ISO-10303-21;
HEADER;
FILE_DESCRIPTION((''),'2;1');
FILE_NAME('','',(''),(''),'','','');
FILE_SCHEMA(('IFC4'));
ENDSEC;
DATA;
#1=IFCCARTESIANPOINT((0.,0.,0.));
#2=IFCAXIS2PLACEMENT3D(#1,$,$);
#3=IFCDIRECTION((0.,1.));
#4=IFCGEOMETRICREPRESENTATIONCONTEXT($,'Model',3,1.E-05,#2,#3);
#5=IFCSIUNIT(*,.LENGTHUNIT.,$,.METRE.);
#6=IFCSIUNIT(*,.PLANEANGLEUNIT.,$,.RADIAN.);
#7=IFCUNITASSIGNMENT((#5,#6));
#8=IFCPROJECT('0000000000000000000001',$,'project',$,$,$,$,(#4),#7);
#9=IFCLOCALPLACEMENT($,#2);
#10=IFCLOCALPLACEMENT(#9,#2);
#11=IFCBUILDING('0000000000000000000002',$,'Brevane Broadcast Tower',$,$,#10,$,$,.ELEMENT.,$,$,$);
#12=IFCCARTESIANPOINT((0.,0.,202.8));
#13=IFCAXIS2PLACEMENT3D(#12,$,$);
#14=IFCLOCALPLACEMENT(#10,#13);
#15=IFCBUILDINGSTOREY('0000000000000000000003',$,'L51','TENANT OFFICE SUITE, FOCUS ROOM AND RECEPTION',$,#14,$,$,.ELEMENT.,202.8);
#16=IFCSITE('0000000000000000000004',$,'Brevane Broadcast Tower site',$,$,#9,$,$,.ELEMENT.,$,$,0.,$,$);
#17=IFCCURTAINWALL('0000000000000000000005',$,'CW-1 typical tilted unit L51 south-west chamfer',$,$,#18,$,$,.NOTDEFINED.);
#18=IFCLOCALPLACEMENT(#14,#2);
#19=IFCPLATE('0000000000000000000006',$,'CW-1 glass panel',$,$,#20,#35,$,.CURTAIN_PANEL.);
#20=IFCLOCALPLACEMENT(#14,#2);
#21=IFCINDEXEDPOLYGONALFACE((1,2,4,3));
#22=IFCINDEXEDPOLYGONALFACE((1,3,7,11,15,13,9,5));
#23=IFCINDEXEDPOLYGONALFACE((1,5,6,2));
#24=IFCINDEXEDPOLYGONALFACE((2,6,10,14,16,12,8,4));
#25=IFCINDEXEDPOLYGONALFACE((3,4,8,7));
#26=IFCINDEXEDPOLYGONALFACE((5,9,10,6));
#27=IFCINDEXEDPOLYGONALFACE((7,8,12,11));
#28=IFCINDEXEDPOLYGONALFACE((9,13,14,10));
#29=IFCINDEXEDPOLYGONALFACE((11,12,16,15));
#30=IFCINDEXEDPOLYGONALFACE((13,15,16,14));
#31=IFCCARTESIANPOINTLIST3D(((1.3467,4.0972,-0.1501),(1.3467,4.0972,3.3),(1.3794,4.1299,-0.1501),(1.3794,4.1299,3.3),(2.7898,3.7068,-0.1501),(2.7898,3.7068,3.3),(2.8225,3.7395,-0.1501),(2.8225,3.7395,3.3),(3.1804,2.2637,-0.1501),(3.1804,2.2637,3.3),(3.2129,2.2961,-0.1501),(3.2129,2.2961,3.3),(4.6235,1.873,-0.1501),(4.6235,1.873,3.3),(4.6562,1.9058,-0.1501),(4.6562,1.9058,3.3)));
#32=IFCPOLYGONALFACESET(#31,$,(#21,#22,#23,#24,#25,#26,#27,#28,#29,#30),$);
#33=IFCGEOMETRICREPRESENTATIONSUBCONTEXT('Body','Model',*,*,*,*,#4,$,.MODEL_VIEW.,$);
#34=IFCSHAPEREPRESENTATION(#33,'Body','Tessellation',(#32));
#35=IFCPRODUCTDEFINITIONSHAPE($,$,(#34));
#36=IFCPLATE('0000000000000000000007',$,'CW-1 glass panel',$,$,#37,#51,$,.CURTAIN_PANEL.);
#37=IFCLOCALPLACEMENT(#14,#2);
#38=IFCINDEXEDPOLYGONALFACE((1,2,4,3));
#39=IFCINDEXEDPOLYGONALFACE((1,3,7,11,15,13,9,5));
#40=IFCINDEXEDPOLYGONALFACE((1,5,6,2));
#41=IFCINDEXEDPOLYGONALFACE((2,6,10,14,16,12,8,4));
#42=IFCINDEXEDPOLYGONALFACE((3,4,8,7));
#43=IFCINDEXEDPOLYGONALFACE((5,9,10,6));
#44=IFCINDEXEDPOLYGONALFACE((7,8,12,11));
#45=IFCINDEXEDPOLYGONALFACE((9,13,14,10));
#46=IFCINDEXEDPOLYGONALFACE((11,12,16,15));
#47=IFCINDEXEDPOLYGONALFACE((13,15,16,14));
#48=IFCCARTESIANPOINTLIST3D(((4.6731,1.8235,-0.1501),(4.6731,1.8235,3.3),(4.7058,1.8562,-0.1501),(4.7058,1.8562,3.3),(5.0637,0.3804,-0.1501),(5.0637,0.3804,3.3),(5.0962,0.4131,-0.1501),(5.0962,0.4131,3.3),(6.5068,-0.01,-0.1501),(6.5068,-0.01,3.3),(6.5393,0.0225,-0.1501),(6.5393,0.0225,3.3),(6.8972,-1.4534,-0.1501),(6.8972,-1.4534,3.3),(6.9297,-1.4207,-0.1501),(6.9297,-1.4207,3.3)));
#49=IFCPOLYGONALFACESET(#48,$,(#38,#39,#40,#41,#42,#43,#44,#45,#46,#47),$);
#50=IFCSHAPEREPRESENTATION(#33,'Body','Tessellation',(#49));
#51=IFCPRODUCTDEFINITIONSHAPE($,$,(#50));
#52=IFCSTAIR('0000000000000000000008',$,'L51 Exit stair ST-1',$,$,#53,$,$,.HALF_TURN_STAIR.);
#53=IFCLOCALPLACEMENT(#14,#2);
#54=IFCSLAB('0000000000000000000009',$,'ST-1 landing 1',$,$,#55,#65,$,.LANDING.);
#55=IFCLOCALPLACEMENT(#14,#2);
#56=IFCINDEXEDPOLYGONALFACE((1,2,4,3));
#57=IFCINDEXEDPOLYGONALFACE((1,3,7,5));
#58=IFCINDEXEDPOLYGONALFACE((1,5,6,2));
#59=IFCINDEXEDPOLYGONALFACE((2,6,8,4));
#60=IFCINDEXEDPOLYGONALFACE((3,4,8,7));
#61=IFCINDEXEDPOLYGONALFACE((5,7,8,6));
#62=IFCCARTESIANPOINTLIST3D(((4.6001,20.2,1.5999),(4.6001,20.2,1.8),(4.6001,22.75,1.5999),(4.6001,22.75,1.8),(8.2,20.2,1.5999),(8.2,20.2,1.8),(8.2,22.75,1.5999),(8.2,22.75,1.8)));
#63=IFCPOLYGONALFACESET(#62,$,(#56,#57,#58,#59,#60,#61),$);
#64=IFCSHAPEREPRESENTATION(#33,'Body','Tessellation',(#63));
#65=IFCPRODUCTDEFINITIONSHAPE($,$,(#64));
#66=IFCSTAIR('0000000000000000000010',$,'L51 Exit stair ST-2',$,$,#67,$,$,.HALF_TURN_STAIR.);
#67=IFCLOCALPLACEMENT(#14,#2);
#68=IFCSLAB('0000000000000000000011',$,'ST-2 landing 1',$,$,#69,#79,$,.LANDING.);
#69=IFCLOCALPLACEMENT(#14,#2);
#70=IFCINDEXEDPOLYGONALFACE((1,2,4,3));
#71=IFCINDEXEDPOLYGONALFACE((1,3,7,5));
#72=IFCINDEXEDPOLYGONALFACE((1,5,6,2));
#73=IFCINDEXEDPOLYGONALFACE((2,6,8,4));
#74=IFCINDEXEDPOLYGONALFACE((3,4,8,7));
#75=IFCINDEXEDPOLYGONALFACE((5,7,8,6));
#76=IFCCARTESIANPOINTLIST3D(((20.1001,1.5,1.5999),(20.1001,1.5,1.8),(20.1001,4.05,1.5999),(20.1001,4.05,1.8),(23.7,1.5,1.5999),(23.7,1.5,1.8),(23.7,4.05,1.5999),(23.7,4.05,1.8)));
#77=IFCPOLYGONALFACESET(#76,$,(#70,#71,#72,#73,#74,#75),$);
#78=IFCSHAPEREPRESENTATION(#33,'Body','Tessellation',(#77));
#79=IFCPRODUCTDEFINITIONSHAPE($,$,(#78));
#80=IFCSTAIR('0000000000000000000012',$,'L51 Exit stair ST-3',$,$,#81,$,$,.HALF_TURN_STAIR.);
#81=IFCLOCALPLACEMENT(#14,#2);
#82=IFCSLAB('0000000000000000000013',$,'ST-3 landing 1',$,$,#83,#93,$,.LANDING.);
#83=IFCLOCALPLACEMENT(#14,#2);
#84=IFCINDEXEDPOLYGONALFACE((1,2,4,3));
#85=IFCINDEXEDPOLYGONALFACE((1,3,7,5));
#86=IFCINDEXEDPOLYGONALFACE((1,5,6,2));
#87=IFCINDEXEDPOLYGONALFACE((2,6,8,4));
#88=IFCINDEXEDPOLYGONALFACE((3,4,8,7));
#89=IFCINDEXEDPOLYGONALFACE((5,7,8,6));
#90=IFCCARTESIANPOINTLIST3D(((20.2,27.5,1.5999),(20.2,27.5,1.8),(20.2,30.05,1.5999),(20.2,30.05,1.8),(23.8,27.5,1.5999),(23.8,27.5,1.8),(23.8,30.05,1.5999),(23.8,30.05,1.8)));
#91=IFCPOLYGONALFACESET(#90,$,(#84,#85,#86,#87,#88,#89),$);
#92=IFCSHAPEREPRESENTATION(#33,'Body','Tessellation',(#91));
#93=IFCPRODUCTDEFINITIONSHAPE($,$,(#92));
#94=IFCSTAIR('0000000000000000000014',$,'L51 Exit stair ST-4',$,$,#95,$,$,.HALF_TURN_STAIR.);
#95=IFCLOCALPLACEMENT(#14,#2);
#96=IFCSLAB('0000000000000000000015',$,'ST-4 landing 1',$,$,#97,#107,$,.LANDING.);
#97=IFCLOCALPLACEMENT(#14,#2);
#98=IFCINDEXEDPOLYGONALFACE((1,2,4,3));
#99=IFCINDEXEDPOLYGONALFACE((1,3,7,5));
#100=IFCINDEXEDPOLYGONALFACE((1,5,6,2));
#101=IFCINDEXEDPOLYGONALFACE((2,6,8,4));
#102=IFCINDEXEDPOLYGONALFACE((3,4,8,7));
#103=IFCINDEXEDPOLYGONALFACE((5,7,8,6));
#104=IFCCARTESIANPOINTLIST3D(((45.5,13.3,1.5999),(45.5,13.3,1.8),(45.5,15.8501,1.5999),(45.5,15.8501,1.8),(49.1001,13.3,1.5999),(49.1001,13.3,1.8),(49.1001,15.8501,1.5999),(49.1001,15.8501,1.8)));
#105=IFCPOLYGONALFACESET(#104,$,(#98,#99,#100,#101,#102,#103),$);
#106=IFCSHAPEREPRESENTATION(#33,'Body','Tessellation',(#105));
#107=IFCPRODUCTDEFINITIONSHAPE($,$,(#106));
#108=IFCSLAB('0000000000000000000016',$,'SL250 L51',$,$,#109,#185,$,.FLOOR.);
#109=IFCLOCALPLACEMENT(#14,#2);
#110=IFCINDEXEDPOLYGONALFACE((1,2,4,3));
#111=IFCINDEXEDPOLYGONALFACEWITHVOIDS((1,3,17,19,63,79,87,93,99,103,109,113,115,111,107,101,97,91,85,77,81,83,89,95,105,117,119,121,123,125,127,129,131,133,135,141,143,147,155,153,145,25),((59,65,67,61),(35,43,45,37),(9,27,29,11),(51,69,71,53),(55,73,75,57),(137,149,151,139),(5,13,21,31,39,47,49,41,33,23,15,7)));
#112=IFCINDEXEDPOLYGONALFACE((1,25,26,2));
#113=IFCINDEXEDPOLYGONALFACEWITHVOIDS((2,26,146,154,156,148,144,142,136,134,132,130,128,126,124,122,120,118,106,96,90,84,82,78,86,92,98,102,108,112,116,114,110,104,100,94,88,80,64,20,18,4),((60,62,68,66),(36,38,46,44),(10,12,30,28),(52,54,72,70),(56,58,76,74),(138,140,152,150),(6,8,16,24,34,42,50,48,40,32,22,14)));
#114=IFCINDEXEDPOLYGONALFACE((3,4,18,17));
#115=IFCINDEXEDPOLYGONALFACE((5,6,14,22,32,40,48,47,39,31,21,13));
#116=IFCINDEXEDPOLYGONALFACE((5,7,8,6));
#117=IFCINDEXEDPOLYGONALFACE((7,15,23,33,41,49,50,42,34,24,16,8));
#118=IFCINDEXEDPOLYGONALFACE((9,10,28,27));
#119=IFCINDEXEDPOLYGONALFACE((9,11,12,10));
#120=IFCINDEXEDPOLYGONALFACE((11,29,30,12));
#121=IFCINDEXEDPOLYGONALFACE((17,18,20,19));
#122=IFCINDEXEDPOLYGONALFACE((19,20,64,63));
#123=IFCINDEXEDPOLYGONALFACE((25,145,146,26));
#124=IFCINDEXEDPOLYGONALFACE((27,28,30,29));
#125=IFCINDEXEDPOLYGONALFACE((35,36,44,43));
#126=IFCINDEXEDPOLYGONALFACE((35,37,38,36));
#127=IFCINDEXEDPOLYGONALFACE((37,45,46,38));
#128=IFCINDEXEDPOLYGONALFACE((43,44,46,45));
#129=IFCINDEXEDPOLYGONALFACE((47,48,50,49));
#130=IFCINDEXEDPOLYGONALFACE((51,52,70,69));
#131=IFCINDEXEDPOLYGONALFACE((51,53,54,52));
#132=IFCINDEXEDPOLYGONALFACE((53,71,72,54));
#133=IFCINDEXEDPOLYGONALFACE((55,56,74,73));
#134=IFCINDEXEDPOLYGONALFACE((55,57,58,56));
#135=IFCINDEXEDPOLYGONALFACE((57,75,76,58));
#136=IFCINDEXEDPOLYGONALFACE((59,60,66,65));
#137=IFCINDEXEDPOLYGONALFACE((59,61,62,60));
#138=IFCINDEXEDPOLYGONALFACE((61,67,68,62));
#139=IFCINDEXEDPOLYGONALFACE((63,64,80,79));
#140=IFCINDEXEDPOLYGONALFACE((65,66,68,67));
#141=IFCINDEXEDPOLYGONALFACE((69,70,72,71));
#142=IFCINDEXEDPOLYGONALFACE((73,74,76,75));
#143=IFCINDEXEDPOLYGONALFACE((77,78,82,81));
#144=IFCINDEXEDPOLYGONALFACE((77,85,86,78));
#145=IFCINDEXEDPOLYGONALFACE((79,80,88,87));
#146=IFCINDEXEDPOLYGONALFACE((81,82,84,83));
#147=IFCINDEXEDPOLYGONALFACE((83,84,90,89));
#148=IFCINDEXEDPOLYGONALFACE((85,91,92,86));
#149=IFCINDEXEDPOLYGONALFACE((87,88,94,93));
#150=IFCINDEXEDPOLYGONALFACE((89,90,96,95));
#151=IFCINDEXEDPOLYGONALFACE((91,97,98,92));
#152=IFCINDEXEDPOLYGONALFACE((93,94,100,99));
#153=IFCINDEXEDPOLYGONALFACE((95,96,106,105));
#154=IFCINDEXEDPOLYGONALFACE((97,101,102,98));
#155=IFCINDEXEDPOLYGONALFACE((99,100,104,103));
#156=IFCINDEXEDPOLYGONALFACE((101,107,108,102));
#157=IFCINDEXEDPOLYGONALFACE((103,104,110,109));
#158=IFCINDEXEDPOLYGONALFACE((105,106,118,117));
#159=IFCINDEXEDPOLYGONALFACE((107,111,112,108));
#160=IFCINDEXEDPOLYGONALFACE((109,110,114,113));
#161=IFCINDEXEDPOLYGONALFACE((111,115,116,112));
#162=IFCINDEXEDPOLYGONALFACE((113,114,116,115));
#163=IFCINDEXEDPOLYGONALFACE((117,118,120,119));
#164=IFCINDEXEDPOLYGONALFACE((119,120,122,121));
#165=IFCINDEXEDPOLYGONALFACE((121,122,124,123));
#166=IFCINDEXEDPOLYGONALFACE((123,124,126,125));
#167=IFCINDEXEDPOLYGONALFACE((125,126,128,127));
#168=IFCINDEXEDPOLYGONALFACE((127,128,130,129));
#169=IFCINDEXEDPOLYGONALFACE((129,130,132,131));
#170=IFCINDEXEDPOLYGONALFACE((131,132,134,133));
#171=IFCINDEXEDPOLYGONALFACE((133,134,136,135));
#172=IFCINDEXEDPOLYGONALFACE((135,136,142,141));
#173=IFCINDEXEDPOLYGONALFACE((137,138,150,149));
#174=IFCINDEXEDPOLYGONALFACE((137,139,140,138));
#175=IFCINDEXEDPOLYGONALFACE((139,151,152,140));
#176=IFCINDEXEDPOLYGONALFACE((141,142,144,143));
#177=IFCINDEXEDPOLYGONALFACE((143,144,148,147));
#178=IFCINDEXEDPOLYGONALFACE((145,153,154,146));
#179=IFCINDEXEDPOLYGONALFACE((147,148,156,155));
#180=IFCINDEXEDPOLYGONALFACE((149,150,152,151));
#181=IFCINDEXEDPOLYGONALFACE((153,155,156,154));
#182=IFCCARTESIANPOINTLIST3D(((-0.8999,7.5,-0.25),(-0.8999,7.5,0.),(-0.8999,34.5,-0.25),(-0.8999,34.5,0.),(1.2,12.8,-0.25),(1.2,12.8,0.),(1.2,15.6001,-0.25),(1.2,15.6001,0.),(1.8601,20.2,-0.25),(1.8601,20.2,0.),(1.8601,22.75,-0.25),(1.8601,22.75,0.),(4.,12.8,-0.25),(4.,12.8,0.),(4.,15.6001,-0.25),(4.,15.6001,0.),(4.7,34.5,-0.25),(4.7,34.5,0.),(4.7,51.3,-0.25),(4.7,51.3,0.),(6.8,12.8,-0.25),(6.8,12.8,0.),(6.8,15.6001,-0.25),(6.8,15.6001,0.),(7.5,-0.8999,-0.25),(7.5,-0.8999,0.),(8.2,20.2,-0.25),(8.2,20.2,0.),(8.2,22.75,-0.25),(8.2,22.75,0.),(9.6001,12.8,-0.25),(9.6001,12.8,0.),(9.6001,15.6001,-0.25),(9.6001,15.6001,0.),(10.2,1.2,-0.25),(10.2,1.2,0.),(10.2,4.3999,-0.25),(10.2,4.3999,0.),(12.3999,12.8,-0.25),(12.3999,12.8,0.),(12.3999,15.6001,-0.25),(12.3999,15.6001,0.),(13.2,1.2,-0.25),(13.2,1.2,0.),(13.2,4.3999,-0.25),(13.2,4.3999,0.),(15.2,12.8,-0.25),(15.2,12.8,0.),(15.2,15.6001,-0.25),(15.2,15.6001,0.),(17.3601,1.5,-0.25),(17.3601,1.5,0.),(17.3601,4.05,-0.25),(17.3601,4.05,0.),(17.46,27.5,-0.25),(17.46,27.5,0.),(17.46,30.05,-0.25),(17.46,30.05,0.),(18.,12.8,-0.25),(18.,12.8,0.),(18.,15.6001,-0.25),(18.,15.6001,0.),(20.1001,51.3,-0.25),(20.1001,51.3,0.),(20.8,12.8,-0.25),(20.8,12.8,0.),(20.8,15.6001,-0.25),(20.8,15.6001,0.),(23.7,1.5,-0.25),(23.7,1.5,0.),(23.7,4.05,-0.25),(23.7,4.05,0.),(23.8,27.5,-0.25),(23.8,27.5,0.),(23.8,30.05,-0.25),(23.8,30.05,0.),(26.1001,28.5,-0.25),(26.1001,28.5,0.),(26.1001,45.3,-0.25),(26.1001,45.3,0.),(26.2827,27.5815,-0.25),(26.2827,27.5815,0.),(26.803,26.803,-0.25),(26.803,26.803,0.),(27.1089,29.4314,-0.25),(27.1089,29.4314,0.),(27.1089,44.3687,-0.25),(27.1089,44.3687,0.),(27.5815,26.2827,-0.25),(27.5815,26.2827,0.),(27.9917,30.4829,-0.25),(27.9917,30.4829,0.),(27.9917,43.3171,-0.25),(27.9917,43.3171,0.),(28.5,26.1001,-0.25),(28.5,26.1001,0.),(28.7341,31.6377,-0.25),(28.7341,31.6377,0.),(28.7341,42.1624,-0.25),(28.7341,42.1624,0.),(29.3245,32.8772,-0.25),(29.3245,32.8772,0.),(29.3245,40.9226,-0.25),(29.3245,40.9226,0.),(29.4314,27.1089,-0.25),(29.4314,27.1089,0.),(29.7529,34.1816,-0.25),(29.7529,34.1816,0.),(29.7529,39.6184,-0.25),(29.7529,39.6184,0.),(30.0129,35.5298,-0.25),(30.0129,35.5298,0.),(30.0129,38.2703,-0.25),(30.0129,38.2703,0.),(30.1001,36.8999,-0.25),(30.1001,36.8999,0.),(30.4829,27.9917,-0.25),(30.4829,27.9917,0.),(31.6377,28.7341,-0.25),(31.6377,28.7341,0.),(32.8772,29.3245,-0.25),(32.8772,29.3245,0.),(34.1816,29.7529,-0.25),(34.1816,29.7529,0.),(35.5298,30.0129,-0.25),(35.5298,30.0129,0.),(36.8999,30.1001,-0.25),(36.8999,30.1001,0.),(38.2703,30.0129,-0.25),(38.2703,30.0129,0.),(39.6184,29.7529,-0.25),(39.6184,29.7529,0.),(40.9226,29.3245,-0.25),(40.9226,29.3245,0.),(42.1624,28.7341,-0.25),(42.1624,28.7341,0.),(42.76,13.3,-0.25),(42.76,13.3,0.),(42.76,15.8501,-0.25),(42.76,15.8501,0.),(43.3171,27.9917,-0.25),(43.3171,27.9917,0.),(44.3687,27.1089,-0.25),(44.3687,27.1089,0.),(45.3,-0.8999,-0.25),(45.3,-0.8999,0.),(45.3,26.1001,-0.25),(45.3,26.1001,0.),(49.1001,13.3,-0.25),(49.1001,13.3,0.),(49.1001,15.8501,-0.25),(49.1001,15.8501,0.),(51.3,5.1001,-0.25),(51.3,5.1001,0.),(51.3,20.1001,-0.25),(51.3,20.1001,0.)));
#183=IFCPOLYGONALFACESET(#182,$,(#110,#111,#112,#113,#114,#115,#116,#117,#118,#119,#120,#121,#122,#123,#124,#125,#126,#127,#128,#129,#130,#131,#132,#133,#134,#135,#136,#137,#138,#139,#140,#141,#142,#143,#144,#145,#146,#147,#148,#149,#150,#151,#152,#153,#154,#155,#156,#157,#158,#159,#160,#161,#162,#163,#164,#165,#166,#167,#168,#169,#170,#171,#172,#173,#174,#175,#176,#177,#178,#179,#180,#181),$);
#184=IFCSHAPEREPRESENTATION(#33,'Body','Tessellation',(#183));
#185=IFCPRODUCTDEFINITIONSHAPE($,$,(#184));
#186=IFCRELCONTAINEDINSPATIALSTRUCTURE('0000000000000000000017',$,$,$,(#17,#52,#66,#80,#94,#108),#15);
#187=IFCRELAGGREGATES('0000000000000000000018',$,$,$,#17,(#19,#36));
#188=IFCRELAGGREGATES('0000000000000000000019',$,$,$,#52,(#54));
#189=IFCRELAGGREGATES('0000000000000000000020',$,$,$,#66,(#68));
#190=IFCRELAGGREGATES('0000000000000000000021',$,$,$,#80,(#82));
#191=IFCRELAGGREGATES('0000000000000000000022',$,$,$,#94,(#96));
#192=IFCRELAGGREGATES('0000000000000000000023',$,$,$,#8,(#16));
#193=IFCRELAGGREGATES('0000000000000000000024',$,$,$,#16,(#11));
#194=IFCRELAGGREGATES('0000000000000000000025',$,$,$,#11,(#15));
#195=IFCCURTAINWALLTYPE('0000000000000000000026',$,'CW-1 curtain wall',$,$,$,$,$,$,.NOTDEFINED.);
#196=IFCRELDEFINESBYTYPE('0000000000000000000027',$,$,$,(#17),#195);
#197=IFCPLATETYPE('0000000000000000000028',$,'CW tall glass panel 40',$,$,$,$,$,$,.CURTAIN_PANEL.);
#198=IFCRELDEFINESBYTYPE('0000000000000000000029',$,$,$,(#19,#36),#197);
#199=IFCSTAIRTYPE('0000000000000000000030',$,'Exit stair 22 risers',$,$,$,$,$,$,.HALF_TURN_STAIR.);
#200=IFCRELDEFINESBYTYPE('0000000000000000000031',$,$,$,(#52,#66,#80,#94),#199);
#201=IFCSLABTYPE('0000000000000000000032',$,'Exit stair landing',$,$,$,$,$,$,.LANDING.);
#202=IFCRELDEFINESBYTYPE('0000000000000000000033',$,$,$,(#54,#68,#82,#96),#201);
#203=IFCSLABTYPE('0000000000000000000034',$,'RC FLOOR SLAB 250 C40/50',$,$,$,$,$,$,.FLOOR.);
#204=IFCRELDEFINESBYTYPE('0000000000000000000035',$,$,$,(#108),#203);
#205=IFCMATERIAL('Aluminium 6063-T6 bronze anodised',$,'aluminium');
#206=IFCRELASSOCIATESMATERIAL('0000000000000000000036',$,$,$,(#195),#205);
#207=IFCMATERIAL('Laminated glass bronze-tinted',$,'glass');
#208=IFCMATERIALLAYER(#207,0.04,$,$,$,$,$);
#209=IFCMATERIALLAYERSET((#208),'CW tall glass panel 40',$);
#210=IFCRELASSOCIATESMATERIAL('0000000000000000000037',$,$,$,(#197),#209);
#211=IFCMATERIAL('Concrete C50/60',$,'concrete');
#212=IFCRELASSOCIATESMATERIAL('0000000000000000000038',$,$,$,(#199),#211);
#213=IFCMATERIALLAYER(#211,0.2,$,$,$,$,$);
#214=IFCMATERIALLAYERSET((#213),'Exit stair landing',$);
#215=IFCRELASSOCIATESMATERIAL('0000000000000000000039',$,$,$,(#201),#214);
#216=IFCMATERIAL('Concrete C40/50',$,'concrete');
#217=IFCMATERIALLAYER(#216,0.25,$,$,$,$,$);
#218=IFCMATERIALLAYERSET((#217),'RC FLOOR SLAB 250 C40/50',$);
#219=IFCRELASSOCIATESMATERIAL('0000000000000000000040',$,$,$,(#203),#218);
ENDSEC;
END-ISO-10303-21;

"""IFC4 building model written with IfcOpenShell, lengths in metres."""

from ifc_helpers import new_model, si_unit, direction, frame, origin, place, context, subcontext, project, spatial, polyline, outline, extrude, material, layer, layer_set, type_object, element, aggregate, save


model = new_model("IFC4")

# Units and contexts
model_context = context("Model", 3, precision=1e-05, world=origin(), true_north=direction((0.0, 1.0)))
body_context = subcontext(model_context, "Body", "Model", "MODEL_VIEW")
ifc_project = project(units=[si_unit("LENGTHUNIT", "METRE"), si_unit("PLANEANGLEUNIT", "RADIAN")], contexts=[model_context])

# Site, building, storey
site_placement = place(None, origin())
site = spatial("IfcSite", under=ifc_project, at=site_placement, Name="Brevane Broadcast Tower site", CompositionType="ELEMENT", RefElevation=0.0)
building_placement = place(site_placement, origin())
building = spatial("IfcBuilding", under=site, at=building_placement, Name="Brevane Broadcast Tower", CompositionType="ELEMENT")
storey_placement = place(building_placement, frame((0.0, 0.0, 202.8)))
storey = spatial("IfcBuildingStorey", under=building, at=storey_placement, Name="L51", Description="TENANT OFFICE SUITE, FOCUS ROOM AND RECEPTION", CompositionType="ELEMENT", Elevation=202.8)

# Curtain wall
ifc_material_1 = material(Name="Aluminium 6063-T6 bronze anodised", Category="aluminium")
curtain_wall_type = type_object("IfcCurtainWallType", Name="CW-1 curtain wall", PredefinedType="NOTDEFINED", material=ifc_material_1)
curtain_wall_1_placement = place(storey_placement, origin())
curtain_wall_1 = element("IfcCurtainWall", 1, at=curtain_wall_1_placement, inside=storey, type_object=curtain_wall_type, Name="CW-1 typical tilted unit L51 south-west chamfer", PredefinedType="NOTDEFINED")

# Shared definitions
ifc_material_2 = material(Name="Laminated glass bronze-tinted", Category="glass")
ifc_layer_1 = layer(ifc_material_2, 0.04)
ifc_layer_set_1 = layer_set([ifc_layer_1], Name="CW tall glass panel 40")
plate_type = type_object("IfcPlateType", Name="CW tall glass panel 40", PredefinedType="CURTAIN_PANEL", material=ifc_layer_set_1)

# Plates
plate_1_placement = place(storey_placement, frame((0.0, 0.0, -0.1501)))
plate_1 = element("IfcPlate", 2, at=plate_1_placement, type_object=plate_type, Name="CW-1 glass panel", PredefinedType="CURTAIN_PANEL", context=body_context, shape_type="SweptSolid", body=[
    extrude(outline(polyline([(1.3794, 4.1299), (1.3467, 4.0972), (2.7898, 3.7068), (3.1804, 2.2637), (4.6235, 1.873), (4.6562, 1.9058), (3.2129, 2.2961), (2.8225, 3.7395), (1.3794, 4.1299)])), origin(), (0.0, 0.0, 1.0), 3.4502),
])
plate_2_placement = place(storey_placement, frame((0.0, 0.0, -0.1501)))
plate_2 = element("IfcPlate", 3, at=plate_2_placement, type_object=plate_type, Name="CW-1 glass panel", PredefinedType="CURTAIN_PANEL", context=body_context, shape_type="SweptSolid", body=[
    extrude(outline(polyline([(4.7058, 1.8562), (4.6731, 1.8235), (5.0637, 0.3804), (6.5068, -0.01), (6.8972, -1.4534), (6.9297, -1.4207), (6.5393, 0.0225), (5.0962, 0.4131), (4.7058, 1.8562)])), origin(), (0.0, 0.0, 1.0), 3.4502),
])
aggregate(curtain_wall_1, [plate_1, plate_2])

# Stairs, slabs
ifc_material_3 = material(Name="Concrete C50/60", Category="concrete")
stair_type = type_object("IfcStairType", Name="Exit stair 22 risers", PredefinedType="HALF_TURN_STAIR", material=ifc_material_3)
stair_1_placement = place(storey_placement, origin())
stair_1 = element("IfcStair", 4, at=stair_1_placement, inside=storey, type_object=stair_type, Name="L51 Exit stair ST-1", PredefinedType="HALF_TURN_STAIR")
ifc_layer_2 = layer(ifc_material_3, 0.2)
ifc_layer_set_2 = layer_set([ifc_layer_2], Name="Exit stair landing")
slab_type_1 = type_object("IfcSlabType", Name="Exit stair landing", PredefinedType="LANDING", material=ifc_layer_set_2)
slab_1_placement = place(storey_placement, frame((0.0, 0.0, 1.5999)))
slab_1 = element("IfcSlab", 5, at=slab_1_placement, type_object=slab_type_1, Name="ST-1 landing 1", PredefinedType="LANDING", context=body_context, shape_type="SweptSolid", body=[
    extrude(outline(polyline([(4.6001, 20.2), (8.2, 20.2), (8.2, 22.75), (4.6001, 22.75), (4.6001, 20.2)])), origin(), (0.0, 0.0, 1.0), 0.2002),
])
aggregate(stair_1, [slab_1])
stair_2_placement = place(storey_placement, origin())
stair_2 = element("IfcStair", 6, at=stair_2_placement, inside=storey, type_object=stair_type, Name="L51 Exit stair ST-2", PredefinedType="HALF_TURN_STAIR")
slab_2_placement = place(storey_placement, frame((0.0, 0.0, 1.5999)))
slab_2 = element("IfcSlab", 7, at=slab_2_placement, type_object=slab_type_1, Name="ST-2 landing 1", PredefinedType="LANDING", context=body_context, shape_type="SweptSolid", body=[
    extrude(outline(polyline([(20.1001, 1.5), (23.7, 1.5), (23.7, 4.05), (20.1001, 4.05), (20.1001, 1.5)])), origin(), (0.0, 0.0, 1.0), 0.2002),
])
aggregate(stair_2, [slab_2])
stair_3_placement = place(storey_placement, origin())
stair_3 = element("IfcStair", 8, at=stair_3_placement, inside=storey, type_object=stair_type, Name="L51 Exit stair ST-3", PredefinedType="HALF_TURN_STAIR")
slab_3_placement = place(storey_placement, frame((0.0, 0.0, 1.5999)))
slab_3 = element("IfcSlab", 9, at=slab_3_placement, type_object=slab_type_1, Name="ST-3 landing 1", PredefinedType="LANDING", context=body_context, shape_type="SweptSolid", body=[
    extrude(outline(polyline([(20.2, 27.5), (23.8, 27.5), (23.8, 30.05), (20.2, 30.05), (20.2, 27.5)])), origin(), (0.0, 0.0, 1.0), 0.2002),
])
aggregate(stair_3, [slab_3])
stair_4_placement = place(storey_placement, origin())
stair_4 = element("IfcStair", 10, at=stair_4_placement, inside=storey, type_object=stair_type, Name="L51 Exit stair ST-4", PredefinedType="HALF_TURN_STAIR")
slab_4_placement = place(storey_placement, frame((0.0, 0.0, 1.5999)))
slab_4 = element("IfcSlab", 11, at=slab_4_placement, type_object=slab_type_1, Name="ST-4 landing 1", PredefinedType="LANDING", context=body_context, shape_type="SweptSolid", body=[
    extrude(outline(polyline([(45.5, 13.3), (49.1001, 13.3), (49.1001, 15.8501), (45.5, 15.8501), (45.5, 13.3)])), origin(), (0.0, 0.0, 1.0), 0.2002),
])
aggregate(stair_4, [slab_4])

# Slab
ifc_material_4 = material(Name="Concrete C40/50", Category="concrete")
ifc_layer_3 = layer(ifc_material_4, 0.25)
ifc_layer_set_3 = layer_set([ifc_layer_3], Name="RC FLOOR SLAB 250 C40/50")
slab_type_2 = type_object("IfcSlabType", Name="RC FLOOR SLAB 250 C40/50", PredefinedType="FLOOR", material=ifc_layer_set_3)
slab_5_placement = place(storey_placement, frame((0.0, 0.0, -0.25)))
element("IfcSlab", 12, at=slab_5_placement, inside=storey, type_object=slab_type_2, Name="SL250 L51", PredefinedType="FLOOR", context=body_context, shape_type="SweptSolid", body=[
    extrude(outline(polyline([(-0.8999, 7.5), (-0.8999, 34.5), (4.7, 34.5), (4.7, 51.3), (20.1001, 51.3), (26.1001, 45.3), (27.1089, 44.3687), (27.9917, 43.3171), (28.7341, 42.1624), (29.3245, 40.9226), (29.7529, 39.6184), (30.0129, 38.2703), (30.1001, 36.8999), (30.0129, 35.5298), (29.7529, 34.1816), (29.3245, 32.8772), (28.7341, 31.6377), (27.9917, 30.4829), (27.1089, 29.4314), (26.1001, 28.5), (26.2827, 27.5815), (26.803, 26.803), (27.5815, 26.2827), (28.5, 26.1001), (29.4314, 27.1089), (30.4829, 27.9917), (31.6377, 28.7341), (32.8772, 29.3245), (34.1816, 29.7529), (35.5298, 30.0129), (36.8999, 30.1001), (38.2703, 30.0129), (39.6184, 29.7529), (40.9226, 29.3245), (42.1624, 28.7341), (43.3171, 27.9917), (44.3687, 27.1089), (45.3, 26.1001), (51.3, 20.1001), (51.3, 5.1001), (45.3, -0.8999), (7.5, -0.8999), (-0.8999, 7.5)]), holes=[polyline([(13.2, 4.3999), (10.2, 4.3999), (10.2, 1.2), (13.2, 1.2), (13.2, 4.3999)]), polyline([(4.0, 15.6001), (1.2, 15.6001), (1.2, 12.8), (4.0, 12.8), (6.8, 12.8), (9.6001, 12.8), (12.3999, 12.8), (15.2, 12.8), (15.2, 15.6001), (12.3999, 15.6001), (9.6001, 15.6001), (6.8, 15.6001), (4.0, 15.6001)]), polyline([(1.8601, 22.75), (1.8601, 20.2), (8.2, 20.2), (8.2, 22.75), (1.8601, 22.75)]), polyline([(23.7, 4.05), (17.3601, 4.05), (17.3601, 1.5), (23.7, 1.5), (23.7, 4.05)]), polyline([(20.8, 15.6001), (18.0, 15.6001), (18.0, 12.8), (20.8, 12.8), (20.8, 15.6001)]), polyline([(49.1001, 15.8501), (42.76, 15.8501), (42.76, 13.3), (49.1001, 13.3), (49.1001, 15.8501)]), polyline([(23.8, 30.05), (17.46, 30.05), (17.46, 27.5), (23.8, 27.5), (23.8, 30.05)])]), origin(), (0.0, 0.0, 1.0), 0.25),
])

save(model, "model.ifc")
